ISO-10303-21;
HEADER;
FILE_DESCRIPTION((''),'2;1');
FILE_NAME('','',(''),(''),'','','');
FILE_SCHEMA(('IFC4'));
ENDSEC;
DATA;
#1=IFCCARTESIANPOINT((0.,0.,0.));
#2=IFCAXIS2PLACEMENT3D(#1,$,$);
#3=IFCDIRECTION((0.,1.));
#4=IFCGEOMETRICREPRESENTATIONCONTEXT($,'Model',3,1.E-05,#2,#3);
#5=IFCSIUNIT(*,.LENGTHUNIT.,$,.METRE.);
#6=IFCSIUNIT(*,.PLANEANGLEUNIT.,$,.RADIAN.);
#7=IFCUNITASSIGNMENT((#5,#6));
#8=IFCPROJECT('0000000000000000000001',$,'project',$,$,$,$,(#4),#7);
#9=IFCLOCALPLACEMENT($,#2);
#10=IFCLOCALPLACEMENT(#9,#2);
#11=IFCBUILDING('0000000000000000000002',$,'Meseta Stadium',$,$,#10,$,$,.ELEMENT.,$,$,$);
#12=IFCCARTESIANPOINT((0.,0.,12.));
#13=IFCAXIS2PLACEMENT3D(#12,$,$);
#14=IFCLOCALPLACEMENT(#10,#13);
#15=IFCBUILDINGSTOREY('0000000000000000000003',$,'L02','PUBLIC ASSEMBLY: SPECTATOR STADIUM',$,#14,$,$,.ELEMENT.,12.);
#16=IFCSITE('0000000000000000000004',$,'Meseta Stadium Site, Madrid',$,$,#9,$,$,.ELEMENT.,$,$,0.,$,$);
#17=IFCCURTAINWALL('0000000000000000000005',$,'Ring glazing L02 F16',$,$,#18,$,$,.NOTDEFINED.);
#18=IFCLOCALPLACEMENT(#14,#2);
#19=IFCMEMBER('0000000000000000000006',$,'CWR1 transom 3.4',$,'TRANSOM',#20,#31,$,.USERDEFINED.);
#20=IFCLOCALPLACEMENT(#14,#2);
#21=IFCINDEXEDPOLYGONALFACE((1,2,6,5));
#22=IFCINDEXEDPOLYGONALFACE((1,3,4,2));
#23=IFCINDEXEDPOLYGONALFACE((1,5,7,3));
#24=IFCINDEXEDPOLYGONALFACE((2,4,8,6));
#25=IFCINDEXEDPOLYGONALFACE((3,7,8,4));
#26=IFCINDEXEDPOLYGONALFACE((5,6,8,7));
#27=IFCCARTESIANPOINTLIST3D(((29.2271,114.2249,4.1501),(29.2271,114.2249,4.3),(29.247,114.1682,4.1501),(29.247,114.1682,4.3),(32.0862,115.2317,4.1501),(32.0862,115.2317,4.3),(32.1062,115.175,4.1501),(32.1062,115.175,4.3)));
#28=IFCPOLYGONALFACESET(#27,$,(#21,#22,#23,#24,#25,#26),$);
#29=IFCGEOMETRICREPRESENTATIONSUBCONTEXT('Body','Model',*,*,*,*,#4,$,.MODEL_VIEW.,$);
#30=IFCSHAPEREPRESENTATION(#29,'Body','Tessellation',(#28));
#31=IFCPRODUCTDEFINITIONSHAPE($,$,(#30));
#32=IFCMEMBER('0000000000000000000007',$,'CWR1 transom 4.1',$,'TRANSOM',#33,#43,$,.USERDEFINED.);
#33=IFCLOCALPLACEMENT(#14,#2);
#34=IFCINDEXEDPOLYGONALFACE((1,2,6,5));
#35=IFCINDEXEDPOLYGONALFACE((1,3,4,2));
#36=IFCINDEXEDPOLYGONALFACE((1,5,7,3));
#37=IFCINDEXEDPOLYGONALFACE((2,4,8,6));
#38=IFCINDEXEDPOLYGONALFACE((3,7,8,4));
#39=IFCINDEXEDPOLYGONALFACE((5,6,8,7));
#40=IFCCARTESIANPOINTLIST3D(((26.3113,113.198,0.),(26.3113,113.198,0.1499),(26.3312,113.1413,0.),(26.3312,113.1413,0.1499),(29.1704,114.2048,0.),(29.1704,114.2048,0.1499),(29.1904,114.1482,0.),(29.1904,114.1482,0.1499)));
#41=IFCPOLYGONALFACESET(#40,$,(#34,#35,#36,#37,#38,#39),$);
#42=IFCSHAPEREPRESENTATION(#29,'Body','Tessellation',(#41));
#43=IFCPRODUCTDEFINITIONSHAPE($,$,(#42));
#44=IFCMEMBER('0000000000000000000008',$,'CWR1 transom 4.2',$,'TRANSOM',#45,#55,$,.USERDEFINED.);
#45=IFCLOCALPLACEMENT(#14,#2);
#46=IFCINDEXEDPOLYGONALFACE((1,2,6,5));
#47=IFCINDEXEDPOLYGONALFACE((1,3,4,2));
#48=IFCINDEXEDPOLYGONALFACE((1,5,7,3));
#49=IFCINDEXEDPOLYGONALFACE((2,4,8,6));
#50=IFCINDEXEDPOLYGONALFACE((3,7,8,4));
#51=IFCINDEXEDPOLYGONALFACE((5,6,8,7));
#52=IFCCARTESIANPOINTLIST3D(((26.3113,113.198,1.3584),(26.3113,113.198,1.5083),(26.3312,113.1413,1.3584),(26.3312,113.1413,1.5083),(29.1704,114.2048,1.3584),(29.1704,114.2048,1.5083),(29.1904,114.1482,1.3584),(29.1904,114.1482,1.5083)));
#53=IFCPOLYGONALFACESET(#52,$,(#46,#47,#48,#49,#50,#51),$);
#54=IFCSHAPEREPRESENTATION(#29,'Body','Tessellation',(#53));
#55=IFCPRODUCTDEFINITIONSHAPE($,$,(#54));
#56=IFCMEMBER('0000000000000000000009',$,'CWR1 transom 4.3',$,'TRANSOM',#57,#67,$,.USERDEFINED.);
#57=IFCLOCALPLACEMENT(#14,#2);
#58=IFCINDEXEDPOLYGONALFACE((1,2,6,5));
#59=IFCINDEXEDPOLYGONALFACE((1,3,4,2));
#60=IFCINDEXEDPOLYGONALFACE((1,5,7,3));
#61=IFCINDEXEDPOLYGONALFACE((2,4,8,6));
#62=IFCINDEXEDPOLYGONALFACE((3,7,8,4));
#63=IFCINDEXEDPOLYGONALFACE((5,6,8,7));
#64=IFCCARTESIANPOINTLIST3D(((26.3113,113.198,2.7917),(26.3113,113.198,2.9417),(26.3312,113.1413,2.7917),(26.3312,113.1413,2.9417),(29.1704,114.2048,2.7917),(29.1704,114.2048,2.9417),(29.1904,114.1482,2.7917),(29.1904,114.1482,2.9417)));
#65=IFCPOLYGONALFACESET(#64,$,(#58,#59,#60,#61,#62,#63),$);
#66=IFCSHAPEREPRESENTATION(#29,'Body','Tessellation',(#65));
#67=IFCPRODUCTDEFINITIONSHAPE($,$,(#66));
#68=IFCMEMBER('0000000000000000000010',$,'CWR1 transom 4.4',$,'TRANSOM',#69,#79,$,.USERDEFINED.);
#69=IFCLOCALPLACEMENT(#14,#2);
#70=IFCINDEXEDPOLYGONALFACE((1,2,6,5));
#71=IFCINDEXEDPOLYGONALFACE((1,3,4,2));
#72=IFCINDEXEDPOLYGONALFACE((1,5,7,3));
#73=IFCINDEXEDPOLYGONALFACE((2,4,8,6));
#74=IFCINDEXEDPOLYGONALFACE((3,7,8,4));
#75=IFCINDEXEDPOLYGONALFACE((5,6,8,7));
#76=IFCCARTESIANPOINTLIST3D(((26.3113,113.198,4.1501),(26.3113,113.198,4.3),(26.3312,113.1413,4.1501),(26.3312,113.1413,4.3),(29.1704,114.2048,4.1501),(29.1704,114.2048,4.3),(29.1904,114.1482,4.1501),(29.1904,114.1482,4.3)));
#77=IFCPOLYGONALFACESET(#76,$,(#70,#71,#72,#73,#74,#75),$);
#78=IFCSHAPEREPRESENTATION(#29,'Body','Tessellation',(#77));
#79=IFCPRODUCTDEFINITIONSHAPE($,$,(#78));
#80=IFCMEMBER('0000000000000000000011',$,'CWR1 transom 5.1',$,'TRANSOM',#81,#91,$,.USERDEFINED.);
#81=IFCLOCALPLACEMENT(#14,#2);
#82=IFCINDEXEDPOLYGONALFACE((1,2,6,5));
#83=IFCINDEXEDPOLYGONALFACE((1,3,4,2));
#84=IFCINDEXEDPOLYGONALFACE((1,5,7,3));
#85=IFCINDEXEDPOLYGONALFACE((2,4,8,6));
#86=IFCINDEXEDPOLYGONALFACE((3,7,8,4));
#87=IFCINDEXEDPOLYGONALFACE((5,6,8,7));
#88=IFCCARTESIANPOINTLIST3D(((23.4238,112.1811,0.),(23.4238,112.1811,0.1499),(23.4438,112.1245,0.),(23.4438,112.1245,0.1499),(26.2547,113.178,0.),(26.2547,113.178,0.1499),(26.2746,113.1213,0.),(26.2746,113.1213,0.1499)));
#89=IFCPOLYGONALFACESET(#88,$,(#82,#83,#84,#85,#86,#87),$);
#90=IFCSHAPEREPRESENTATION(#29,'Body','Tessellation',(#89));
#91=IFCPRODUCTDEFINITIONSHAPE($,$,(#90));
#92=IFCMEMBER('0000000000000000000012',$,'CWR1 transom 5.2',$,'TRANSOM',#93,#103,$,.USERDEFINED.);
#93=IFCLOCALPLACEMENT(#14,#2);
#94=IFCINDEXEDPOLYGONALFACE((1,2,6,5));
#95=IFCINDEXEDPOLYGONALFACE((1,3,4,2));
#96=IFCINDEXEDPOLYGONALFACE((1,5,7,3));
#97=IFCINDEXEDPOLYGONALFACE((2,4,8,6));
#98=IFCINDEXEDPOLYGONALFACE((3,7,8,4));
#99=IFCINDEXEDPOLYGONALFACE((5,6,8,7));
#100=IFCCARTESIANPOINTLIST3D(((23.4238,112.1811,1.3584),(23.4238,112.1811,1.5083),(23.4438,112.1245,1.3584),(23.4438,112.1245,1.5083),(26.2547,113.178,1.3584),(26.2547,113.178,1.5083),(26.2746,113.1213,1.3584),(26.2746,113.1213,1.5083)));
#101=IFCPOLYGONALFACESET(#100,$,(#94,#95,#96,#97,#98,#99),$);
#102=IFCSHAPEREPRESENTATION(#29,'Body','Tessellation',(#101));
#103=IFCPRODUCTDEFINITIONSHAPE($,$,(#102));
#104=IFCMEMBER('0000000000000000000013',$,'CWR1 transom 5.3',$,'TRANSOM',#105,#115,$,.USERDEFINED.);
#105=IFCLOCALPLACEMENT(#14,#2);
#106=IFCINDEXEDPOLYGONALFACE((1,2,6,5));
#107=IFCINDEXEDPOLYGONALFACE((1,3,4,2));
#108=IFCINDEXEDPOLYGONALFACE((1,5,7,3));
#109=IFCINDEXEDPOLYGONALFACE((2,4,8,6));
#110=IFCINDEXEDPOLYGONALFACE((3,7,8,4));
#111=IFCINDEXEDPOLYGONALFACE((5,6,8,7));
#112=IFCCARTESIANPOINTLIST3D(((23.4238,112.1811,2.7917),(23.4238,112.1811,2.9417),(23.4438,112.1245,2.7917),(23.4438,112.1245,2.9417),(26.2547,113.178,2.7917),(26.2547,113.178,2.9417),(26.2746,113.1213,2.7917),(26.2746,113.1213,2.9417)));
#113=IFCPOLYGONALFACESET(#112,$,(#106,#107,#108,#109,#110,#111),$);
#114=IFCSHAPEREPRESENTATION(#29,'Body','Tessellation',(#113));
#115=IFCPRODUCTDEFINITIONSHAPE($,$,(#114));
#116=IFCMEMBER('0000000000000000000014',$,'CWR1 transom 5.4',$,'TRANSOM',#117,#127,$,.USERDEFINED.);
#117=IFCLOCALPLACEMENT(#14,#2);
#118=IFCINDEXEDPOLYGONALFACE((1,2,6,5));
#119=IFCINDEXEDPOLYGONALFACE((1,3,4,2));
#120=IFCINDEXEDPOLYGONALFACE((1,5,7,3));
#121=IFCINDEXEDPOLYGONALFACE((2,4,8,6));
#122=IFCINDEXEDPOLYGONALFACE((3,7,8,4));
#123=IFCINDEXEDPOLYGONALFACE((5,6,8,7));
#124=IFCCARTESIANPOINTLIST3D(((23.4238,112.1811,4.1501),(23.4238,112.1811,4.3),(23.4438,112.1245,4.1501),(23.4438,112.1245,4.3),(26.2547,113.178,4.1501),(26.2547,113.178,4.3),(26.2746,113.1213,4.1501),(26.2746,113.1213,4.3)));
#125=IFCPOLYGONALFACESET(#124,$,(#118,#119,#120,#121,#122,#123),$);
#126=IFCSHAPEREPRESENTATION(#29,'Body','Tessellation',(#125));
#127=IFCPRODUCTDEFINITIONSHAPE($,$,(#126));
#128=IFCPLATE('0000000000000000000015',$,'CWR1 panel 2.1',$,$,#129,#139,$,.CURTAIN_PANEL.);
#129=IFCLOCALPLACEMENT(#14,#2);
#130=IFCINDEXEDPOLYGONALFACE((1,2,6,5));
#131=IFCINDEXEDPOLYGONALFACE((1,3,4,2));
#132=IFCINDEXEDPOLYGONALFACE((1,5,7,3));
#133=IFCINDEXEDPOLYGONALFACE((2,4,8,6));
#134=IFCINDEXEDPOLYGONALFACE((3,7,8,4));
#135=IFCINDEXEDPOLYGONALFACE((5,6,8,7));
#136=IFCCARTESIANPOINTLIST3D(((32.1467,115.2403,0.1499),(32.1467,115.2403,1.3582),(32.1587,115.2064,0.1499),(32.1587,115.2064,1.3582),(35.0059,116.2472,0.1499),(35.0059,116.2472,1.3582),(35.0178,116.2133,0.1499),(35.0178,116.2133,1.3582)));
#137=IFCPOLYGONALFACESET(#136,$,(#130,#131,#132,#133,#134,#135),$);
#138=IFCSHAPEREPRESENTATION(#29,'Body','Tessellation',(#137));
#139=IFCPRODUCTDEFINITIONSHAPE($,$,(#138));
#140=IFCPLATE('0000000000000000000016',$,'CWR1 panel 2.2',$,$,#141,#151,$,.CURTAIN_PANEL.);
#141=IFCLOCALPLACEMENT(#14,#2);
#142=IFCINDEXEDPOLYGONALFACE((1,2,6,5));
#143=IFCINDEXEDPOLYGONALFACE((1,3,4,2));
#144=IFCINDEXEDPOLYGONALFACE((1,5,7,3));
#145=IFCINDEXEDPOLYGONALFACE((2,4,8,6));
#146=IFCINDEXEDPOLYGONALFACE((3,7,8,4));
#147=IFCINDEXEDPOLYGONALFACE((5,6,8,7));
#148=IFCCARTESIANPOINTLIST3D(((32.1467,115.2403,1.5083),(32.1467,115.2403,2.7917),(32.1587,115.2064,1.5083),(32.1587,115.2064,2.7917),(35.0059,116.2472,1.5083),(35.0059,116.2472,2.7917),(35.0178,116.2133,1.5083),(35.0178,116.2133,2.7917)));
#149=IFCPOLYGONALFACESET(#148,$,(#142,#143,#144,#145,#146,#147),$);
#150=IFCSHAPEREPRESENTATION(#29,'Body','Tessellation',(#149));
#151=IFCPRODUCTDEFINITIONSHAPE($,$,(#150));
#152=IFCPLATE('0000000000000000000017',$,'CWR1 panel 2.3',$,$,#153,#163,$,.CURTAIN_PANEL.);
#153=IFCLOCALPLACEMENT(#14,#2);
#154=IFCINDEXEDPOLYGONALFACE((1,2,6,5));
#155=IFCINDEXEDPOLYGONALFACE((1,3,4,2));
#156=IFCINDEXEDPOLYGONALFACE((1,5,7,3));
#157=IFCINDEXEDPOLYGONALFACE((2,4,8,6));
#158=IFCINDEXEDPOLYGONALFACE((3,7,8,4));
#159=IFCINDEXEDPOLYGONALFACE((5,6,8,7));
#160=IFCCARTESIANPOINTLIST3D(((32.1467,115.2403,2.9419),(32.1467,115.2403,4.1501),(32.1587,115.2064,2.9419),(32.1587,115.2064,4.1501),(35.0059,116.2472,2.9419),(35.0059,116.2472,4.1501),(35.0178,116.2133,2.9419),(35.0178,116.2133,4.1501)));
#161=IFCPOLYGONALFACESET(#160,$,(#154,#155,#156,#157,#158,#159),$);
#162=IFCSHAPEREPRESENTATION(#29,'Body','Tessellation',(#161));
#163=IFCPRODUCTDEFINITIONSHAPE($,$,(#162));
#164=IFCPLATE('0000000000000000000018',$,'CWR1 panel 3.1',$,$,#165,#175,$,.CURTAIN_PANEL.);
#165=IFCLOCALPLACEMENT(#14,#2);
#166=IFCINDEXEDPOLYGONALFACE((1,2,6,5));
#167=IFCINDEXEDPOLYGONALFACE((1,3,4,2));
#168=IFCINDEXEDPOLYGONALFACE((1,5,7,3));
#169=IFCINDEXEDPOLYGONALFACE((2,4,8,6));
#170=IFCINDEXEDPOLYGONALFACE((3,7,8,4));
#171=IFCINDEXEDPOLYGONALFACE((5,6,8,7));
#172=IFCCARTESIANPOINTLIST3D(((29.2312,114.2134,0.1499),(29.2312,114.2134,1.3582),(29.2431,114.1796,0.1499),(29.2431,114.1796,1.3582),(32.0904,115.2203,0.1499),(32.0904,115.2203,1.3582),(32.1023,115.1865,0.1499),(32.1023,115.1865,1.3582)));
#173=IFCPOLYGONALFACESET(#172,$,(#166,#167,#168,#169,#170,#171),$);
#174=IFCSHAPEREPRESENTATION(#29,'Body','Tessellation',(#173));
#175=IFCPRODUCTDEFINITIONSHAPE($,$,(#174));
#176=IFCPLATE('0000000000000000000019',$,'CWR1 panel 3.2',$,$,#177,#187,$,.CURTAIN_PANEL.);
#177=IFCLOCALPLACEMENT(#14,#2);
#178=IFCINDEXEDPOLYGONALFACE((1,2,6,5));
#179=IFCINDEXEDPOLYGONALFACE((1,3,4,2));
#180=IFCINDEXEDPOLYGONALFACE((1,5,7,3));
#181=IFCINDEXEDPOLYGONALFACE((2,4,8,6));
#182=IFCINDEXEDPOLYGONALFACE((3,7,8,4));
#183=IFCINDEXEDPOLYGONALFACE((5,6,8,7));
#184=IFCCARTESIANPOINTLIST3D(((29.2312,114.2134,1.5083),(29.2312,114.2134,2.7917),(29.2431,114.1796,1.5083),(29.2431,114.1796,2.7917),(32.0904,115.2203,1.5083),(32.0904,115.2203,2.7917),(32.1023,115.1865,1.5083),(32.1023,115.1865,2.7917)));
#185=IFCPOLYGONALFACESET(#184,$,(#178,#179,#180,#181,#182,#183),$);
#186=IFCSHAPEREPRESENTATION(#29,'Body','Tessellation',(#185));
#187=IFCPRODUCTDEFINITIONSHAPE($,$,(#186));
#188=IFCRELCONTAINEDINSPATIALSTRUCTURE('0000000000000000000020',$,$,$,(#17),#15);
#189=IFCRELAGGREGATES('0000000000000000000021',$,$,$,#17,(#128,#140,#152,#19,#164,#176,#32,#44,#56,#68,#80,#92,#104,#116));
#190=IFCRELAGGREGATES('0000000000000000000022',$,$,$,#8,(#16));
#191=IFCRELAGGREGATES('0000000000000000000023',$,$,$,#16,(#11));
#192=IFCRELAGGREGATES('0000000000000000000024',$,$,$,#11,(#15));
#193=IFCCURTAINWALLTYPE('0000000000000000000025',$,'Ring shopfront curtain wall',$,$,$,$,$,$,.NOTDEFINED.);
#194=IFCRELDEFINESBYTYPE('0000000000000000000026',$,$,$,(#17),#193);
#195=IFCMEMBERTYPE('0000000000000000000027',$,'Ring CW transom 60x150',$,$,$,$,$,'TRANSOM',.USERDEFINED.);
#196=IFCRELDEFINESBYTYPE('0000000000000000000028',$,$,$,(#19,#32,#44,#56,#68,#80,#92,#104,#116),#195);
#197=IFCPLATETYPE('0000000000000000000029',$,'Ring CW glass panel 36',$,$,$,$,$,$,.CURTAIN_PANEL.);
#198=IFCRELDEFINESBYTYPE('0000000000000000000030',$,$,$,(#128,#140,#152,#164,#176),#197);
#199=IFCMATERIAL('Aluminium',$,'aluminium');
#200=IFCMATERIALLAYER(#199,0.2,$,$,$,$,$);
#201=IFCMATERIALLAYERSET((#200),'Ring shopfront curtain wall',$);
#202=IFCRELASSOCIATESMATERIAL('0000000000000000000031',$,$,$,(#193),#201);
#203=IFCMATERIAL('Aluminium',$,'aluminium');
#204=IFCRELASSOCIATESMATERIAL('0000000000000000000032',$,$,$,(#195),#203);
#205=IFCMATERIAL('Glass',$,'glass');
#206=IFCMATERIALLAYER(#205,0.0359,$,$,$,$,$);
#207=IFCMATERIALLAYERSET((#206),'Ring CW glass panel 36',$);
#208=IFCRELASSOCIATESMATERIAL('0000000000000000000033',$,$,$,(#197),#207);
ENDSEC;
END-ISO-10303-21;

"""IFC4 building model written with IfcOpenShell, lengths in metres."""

from ifc_helpers import new_model, si_unit, direction, frame, origin, origin_2d, place, context, subcontext, project, spatial, rectangle, extrude, material, layer, layer_set, material_profile, profile_set, type_object, element, aggregate, save


model = new_model("IFC4")

# Units and contexts
model_context = context("Model", 3, precision=1e-05, world=origin(), true_north=direction((0.0, 1.0)))
body_context = subcontext(model_context, "Body", "Model", "MODEL_VIEW")
ifc_project = project(units=[si_unit("LENGTHUNIT", "METRE"), si_unit("PLANEANGLEUNIT", "RADIAN")], contexts=[model_context])

# Site, building, storey
site_placement = place(None, origin())
site = spatial("IfcSite", under=ifc_project, at=site_placement, Name="Meseta Stadium Site, Madrid", CompositionType="ELEMENT", RefElevation=0.0)
building_placement = place(site_placement, origin())
building = spatial("IfcBuilding", under=site, at=building_placement, Name="Meseta Stadium", CompositionType="ELEMENT")
storey_placement = place(building_placement, frame((0.0, 0.0, 12.0)))
storey = spatial("IfcBuildingStorey", under=building, at=storey_placement, Name="L02", Description="PUBLIC ASSEMBLY: SPECTATOR STADIUM", CompositionType="ELEMENT", Elevation=12.0)

# Curtain wall, members, plates
ifc_material_1 = material(Name="Aluminium", Category="aluminium")
ifc_layer_1 = layer(ifc_material_1, 0.2)
ifc_layer_set_1 = layer_set([ifc_layer_1], Name="Ring shopfront curtain wall")
curtain_wall_type = type_object("IfcCurtainWallType", Name="Ring shopfront curtain wall", PredefinedType="NOTDEFINED", material=ifc_layer_set_1)
curtain_wall_placement = place(storey_placement, origin())
curtain_wall = element("IfcCurtainWall", 1, at=curtain_wall_placement, inside=storey, type_object=curtain_wall_type, Name="Ring glazing L02 F16", PredefinedType="NOTDEFINED")
ifc_material_2 = material(Name="Aluminium", Category="aluminium")
ifc_material_profile_1 = material_profile(ifc_material_2, rectangle(XDim=0.0601, YDim=0.1499, at=origin_2d()), Name="CW 60x150")
ifc_profile_set_1 = profile_set([ifc_material_profile_1], Name="Aluminium")
member_type_1 = type_object("IfcMemberType", Name="Ring CW transom 60x150", ElementType="TRANSOM", PredefinedType="USERDEFINED", material=ifc_profile_set_1)
member_1_placement = place(storey_placement, frame((32.0962, 115.2034, 4.2251), z_axis=(-0.943225, -0.332154, 0.0), x_axis=(0.332154, -0.943225, 0.0)))
member_1 = element("IfcMember", 2, at=member_1_placement, type_object=member_type_1, Name="CWR1 transom 3.4", ObjectType="TRANSOM", PredefinedType="USERDEFINED", context=body_context, shape_type="SweptSolid", body=[
    extrude(rectangle(XDim=0.0601, YDim=0.1499, at=origin_2d()), origin(), (0.0, 0.0, 1.0), 3.0312),
])
member_2_placement = place(storey_placement, frame((29.1804, 114.1765, 0.075), z_axis=(-0.943225, -0.332154, 0.0), x_axis=(0.332154, -0.943225, 0.0)))
member_2 = element("IfcMember", 3, at=member_2_placement, type_object=member_type_1, Name="CWR1 transom 4.1", ObjectType="TRANSOM", PredefinedType="USERDEFINED", context=body_context, shape_type="SweptSolid", body=[
    extrude(rectangle(XDim=0.0601, YDim=0.1499, at=origin_2d()), origin(), (0.0, 0.0, 1.0), 3.0312),
])
member_3_placement = place(storey_placement, frame((29.1804, 114.1765, 1.4333), z_axis=(-0.943225, -0.332154, 0.0), x_axis=(0.332154, -0.943225, 0.0)))
member_3 = element("IfcMember", 4, at=member_3_placement, type_object=member_type_1, Name="CWR1 transom 4.2", ObjectType="TRANSOM", PredefinedType="USERDEFINED", context=body_context, shape_type="SweptSolid", body=[
    extrude(rectangle(XDim=0.0601, YDim=0.1499, at=origin_2d()), origin(), (0.0, 0.0, 1.0), 3.0312),
])
member_4_placement = place(storey_placement, frame((29.1804, 114.1765, 2.8667), z_axis=(-0.943225, -0.332154, 0.0), x_axis=(0.332154, -0.943225, 0.0)))
member_4 = element("IfcMember", 5, at=member_4_placement, type_object=member_type_1, Name="CWR1 transom 4.3", ObjectType="TRANSOM", PredefinedType="USERDEFINED", context=body_context, shape_type="SweptSolid", body=[
    extrude(rectangle(XDim=0.0601, YDim=0.1499, at=origin_2d()), origin(), (0.0, 0.0, 1.0), 3.0312),
])
member_5_placement = place(storey_placement, frame((29.1804, 114.1765, 4.2251), z_axis=(-0.943225, -0.332154, 0.0), x_axis=(0.332154, -0.943225, 0.0)))
member_5 = element("IfcMember", 6, at=member_5_placement, type_object=member_type_1, Name="CWR1 transom 4.4", ObjectType="TRANSOM", PredefinedType="USERDEFINED", context=body_context, shape_type="SweptSolid", body=[
    extrude(rectangle(XDim=0.0601, YDim=0.1499, at=origin_2d()), origin(), (0.0, 0.0, 1.0), 3.0312),
])
member_6_placement = place(storey_placement, frame((26.2646, 113.1497, 0.075), z_axis=(-0.943229, -0.332143, 0.0), x_axis=(0.332143, -0.943229, 0.0)))
member_6 = element("IfcMember", 7, at=member_6_placement, type_object=member_type_1, Name="CWR1 transom 5.1", ObjectType="TRANSOM", PredefinedType="USERDEFINED", context=body_context, shape_type="SweptSolid", body=[
    extrude(rectangle(XDim=0.0601, YDim=0.1499, at=origin_2d()), origin(), (0.0, 0.0, 1.0), 3.0012),
])
member_7_placement = place(storey_placement, frame((26.2646, 113.1497, 1.4333), z_axis=(-0.943229, -0.332143, 0.0), x_axis=(0.332143, -0.943229, 0.0)))
member_7 = element("IfcMember", 8, at=member_7_placement, type_object=member_type_1, Name="CWR1 transom 5.2", ObjectType="TRANSOM", PredefinedType="USERDEFINED", context=body_context, shape_type="SweptSolid", body=[
    extrude(rectangle(XDim=0.0601, YDim=0.1499, at=origin_2d()), origin(), (0.0, 0.0, 1.0), 3.0012),
])
member_8_placement = place(storey_placement, frame((26.2646, 113.1497, 2.8667), z_axis=(-0.943229, -0.332143, 0.0), x_axis=(0.332143, -0.943229, 0.0)))
member_8 = element("IfcMember", 9, at=member_8_placement, type_object=member_type_1, Name="CWR1 transom 5.3", ObjectType="TRANSOM", PredefinedType="USERDEFINED", context=body_context, shape_type="SweptSolid", body=[
    extrude(rectangle(XDim=0.0601, YDim=0.1499, at=origin_2d()), origin(), (0.0, 0.0, 1.0), 3.0012),
])
member_9_placement = place(storey_placement, frame((26.2646, 113.1497, 4.2251), z_axis=(-0.943229, -0.332143, 0.0), x_axis=(0.332143, -0.943229, 0.0)))
member_9 = element("IfcMember", 10, at=member_9_placement, type_object=member_type_1, Name="CWR1 transom 5.4", ObjectType="TRANSOM", PredefinedType="USERDEFINED", context=body_context, shape_type="SweptSolid", body=[
    extrude(rectangle(XDim=0.0601, YDim=0.1499, at=origin_2d()), origin(), (0.0, 0.0, 1.0), 3.0012),
])
ifc_material_3 = material(Name="Glass", Category="glass")
ifc_layer_2 = layer(ifc_material_3, 0.0359)
ifc_layer_set_2 = layer_set([ifc_layer_2], Name="Ring CW glass panel 36")
plate_type = type_object("IfcPlateType", Name="Ring CW glass panel 36", PredefinedType="CURTAIN_PANEL", material=ifc_layer_set_2)
plate_1_placement = place(storey_placement, frame((33.5823, 115.7268, 0.1499), z_axis=(0.0, 0.0, 1.0), x_axis=(-0.943218, -0.332174, 0.0)))
plate_1 = element("IfcPlate", 11, at=plate_1_placement, type_object=plate_type, Name="CWR1 panel 2.1", PredefinedType="CURTAIN_PANEL", context=body_context, shape_type="SweptSolid", body=[
    extrude(rectangle(XDim=3.0312, YDim=0.0359, at=origin_2d()), origin(), (0.0, 0.0, 1.0), 1.2083),
])
plate_2_placement = place(storey_placement, frame((33.5823, 115.7268, 1.5083), z_axis=(0.0, 0.0, 1.0), x_axis=(-0.943218, -0.332174, 0.0)))
plate_2 = element("IfcPlate", 12, at=plate_2_placement, type_object=plate_type, Name="CWR1 panel 2.2", PredefinedType="CURTAIN_PANEL", context=body_context, shape_type="SweptSolid", body=[
    extrude(rectangle(XDim=3.0312, YDim=0.0359, at=origin_2d()), origin(), (0.0, 0.0, 1.0), 1.2834),
])
plate_3_placement = place(storey_placement, frame((33.5823, 115.7268, 2.9419), z_axis=(0.0, 0.0, 1.0), x_axis=(-0.943218, -0.332174, 0.0)))
plate_3 = element("IfcPlate", 13, at=plate_3_placement, type_object=plate_type, Name="CWR1 panel 2.3", PredefinedType="CURTAIN_PANEL", context=body_context, shape_type="SweptSolid", body=[
    extrude(rectangle(XDim=3.0312, YDim=0.0359, at=origin_2d()), origin(), (0.0, 0.0, 1.0), 1.2083),
])
plate_4_placement = place(storey_placement, frame((30.6667, 114.7, 0.1499), z_axis=(0.0, 0.0, 1.0), x_axis=(-0.943218, -0.332174, 0.0)))
plate_4 = element("IfcPlate", 14, at=plate_4_placement, type_object=plate_type, Name="CWR1 panel 3.1", PredefinedType="CURTAIN_PANEL", context=body_context, shape_type="SweptSolid", body=[
    extrude(rectangle(XDim=3.0312, YDim=0.0359, at=origin_2d()), origin(), (0.0, 0.0, 1.0), 1.2083),
])
plate_5_placement = place(storey_placement, frame((30.6667, 114.7, 1.5083), z_axis=(0.0, 0.0, 1.0), x_axis=(-0.943218, -0.332174, 0.0)))
plate_5 = element("IfcPlate", 15, at=plate_5_placement, type_object=plate_type, Name="CWR1 panel 3.2", PredefinedType="CURTAIN_PANEL", context=body_context, shape_type="SweptSolid", body=[
    extrude(rectangle(XDim=3.0312, YDim=0.0359, at=origin_2d()), origin(), (0.0, 0.0, 1.0), 1.2834),
])
aggregate(curtain_wall, [plate_1, plate_2, plate_3, member_1, plate_4, plate_5, member_2, member_3, member_4, member_5, member_6, member_7, member_8, member_9])

save(model, "model.ifc")
